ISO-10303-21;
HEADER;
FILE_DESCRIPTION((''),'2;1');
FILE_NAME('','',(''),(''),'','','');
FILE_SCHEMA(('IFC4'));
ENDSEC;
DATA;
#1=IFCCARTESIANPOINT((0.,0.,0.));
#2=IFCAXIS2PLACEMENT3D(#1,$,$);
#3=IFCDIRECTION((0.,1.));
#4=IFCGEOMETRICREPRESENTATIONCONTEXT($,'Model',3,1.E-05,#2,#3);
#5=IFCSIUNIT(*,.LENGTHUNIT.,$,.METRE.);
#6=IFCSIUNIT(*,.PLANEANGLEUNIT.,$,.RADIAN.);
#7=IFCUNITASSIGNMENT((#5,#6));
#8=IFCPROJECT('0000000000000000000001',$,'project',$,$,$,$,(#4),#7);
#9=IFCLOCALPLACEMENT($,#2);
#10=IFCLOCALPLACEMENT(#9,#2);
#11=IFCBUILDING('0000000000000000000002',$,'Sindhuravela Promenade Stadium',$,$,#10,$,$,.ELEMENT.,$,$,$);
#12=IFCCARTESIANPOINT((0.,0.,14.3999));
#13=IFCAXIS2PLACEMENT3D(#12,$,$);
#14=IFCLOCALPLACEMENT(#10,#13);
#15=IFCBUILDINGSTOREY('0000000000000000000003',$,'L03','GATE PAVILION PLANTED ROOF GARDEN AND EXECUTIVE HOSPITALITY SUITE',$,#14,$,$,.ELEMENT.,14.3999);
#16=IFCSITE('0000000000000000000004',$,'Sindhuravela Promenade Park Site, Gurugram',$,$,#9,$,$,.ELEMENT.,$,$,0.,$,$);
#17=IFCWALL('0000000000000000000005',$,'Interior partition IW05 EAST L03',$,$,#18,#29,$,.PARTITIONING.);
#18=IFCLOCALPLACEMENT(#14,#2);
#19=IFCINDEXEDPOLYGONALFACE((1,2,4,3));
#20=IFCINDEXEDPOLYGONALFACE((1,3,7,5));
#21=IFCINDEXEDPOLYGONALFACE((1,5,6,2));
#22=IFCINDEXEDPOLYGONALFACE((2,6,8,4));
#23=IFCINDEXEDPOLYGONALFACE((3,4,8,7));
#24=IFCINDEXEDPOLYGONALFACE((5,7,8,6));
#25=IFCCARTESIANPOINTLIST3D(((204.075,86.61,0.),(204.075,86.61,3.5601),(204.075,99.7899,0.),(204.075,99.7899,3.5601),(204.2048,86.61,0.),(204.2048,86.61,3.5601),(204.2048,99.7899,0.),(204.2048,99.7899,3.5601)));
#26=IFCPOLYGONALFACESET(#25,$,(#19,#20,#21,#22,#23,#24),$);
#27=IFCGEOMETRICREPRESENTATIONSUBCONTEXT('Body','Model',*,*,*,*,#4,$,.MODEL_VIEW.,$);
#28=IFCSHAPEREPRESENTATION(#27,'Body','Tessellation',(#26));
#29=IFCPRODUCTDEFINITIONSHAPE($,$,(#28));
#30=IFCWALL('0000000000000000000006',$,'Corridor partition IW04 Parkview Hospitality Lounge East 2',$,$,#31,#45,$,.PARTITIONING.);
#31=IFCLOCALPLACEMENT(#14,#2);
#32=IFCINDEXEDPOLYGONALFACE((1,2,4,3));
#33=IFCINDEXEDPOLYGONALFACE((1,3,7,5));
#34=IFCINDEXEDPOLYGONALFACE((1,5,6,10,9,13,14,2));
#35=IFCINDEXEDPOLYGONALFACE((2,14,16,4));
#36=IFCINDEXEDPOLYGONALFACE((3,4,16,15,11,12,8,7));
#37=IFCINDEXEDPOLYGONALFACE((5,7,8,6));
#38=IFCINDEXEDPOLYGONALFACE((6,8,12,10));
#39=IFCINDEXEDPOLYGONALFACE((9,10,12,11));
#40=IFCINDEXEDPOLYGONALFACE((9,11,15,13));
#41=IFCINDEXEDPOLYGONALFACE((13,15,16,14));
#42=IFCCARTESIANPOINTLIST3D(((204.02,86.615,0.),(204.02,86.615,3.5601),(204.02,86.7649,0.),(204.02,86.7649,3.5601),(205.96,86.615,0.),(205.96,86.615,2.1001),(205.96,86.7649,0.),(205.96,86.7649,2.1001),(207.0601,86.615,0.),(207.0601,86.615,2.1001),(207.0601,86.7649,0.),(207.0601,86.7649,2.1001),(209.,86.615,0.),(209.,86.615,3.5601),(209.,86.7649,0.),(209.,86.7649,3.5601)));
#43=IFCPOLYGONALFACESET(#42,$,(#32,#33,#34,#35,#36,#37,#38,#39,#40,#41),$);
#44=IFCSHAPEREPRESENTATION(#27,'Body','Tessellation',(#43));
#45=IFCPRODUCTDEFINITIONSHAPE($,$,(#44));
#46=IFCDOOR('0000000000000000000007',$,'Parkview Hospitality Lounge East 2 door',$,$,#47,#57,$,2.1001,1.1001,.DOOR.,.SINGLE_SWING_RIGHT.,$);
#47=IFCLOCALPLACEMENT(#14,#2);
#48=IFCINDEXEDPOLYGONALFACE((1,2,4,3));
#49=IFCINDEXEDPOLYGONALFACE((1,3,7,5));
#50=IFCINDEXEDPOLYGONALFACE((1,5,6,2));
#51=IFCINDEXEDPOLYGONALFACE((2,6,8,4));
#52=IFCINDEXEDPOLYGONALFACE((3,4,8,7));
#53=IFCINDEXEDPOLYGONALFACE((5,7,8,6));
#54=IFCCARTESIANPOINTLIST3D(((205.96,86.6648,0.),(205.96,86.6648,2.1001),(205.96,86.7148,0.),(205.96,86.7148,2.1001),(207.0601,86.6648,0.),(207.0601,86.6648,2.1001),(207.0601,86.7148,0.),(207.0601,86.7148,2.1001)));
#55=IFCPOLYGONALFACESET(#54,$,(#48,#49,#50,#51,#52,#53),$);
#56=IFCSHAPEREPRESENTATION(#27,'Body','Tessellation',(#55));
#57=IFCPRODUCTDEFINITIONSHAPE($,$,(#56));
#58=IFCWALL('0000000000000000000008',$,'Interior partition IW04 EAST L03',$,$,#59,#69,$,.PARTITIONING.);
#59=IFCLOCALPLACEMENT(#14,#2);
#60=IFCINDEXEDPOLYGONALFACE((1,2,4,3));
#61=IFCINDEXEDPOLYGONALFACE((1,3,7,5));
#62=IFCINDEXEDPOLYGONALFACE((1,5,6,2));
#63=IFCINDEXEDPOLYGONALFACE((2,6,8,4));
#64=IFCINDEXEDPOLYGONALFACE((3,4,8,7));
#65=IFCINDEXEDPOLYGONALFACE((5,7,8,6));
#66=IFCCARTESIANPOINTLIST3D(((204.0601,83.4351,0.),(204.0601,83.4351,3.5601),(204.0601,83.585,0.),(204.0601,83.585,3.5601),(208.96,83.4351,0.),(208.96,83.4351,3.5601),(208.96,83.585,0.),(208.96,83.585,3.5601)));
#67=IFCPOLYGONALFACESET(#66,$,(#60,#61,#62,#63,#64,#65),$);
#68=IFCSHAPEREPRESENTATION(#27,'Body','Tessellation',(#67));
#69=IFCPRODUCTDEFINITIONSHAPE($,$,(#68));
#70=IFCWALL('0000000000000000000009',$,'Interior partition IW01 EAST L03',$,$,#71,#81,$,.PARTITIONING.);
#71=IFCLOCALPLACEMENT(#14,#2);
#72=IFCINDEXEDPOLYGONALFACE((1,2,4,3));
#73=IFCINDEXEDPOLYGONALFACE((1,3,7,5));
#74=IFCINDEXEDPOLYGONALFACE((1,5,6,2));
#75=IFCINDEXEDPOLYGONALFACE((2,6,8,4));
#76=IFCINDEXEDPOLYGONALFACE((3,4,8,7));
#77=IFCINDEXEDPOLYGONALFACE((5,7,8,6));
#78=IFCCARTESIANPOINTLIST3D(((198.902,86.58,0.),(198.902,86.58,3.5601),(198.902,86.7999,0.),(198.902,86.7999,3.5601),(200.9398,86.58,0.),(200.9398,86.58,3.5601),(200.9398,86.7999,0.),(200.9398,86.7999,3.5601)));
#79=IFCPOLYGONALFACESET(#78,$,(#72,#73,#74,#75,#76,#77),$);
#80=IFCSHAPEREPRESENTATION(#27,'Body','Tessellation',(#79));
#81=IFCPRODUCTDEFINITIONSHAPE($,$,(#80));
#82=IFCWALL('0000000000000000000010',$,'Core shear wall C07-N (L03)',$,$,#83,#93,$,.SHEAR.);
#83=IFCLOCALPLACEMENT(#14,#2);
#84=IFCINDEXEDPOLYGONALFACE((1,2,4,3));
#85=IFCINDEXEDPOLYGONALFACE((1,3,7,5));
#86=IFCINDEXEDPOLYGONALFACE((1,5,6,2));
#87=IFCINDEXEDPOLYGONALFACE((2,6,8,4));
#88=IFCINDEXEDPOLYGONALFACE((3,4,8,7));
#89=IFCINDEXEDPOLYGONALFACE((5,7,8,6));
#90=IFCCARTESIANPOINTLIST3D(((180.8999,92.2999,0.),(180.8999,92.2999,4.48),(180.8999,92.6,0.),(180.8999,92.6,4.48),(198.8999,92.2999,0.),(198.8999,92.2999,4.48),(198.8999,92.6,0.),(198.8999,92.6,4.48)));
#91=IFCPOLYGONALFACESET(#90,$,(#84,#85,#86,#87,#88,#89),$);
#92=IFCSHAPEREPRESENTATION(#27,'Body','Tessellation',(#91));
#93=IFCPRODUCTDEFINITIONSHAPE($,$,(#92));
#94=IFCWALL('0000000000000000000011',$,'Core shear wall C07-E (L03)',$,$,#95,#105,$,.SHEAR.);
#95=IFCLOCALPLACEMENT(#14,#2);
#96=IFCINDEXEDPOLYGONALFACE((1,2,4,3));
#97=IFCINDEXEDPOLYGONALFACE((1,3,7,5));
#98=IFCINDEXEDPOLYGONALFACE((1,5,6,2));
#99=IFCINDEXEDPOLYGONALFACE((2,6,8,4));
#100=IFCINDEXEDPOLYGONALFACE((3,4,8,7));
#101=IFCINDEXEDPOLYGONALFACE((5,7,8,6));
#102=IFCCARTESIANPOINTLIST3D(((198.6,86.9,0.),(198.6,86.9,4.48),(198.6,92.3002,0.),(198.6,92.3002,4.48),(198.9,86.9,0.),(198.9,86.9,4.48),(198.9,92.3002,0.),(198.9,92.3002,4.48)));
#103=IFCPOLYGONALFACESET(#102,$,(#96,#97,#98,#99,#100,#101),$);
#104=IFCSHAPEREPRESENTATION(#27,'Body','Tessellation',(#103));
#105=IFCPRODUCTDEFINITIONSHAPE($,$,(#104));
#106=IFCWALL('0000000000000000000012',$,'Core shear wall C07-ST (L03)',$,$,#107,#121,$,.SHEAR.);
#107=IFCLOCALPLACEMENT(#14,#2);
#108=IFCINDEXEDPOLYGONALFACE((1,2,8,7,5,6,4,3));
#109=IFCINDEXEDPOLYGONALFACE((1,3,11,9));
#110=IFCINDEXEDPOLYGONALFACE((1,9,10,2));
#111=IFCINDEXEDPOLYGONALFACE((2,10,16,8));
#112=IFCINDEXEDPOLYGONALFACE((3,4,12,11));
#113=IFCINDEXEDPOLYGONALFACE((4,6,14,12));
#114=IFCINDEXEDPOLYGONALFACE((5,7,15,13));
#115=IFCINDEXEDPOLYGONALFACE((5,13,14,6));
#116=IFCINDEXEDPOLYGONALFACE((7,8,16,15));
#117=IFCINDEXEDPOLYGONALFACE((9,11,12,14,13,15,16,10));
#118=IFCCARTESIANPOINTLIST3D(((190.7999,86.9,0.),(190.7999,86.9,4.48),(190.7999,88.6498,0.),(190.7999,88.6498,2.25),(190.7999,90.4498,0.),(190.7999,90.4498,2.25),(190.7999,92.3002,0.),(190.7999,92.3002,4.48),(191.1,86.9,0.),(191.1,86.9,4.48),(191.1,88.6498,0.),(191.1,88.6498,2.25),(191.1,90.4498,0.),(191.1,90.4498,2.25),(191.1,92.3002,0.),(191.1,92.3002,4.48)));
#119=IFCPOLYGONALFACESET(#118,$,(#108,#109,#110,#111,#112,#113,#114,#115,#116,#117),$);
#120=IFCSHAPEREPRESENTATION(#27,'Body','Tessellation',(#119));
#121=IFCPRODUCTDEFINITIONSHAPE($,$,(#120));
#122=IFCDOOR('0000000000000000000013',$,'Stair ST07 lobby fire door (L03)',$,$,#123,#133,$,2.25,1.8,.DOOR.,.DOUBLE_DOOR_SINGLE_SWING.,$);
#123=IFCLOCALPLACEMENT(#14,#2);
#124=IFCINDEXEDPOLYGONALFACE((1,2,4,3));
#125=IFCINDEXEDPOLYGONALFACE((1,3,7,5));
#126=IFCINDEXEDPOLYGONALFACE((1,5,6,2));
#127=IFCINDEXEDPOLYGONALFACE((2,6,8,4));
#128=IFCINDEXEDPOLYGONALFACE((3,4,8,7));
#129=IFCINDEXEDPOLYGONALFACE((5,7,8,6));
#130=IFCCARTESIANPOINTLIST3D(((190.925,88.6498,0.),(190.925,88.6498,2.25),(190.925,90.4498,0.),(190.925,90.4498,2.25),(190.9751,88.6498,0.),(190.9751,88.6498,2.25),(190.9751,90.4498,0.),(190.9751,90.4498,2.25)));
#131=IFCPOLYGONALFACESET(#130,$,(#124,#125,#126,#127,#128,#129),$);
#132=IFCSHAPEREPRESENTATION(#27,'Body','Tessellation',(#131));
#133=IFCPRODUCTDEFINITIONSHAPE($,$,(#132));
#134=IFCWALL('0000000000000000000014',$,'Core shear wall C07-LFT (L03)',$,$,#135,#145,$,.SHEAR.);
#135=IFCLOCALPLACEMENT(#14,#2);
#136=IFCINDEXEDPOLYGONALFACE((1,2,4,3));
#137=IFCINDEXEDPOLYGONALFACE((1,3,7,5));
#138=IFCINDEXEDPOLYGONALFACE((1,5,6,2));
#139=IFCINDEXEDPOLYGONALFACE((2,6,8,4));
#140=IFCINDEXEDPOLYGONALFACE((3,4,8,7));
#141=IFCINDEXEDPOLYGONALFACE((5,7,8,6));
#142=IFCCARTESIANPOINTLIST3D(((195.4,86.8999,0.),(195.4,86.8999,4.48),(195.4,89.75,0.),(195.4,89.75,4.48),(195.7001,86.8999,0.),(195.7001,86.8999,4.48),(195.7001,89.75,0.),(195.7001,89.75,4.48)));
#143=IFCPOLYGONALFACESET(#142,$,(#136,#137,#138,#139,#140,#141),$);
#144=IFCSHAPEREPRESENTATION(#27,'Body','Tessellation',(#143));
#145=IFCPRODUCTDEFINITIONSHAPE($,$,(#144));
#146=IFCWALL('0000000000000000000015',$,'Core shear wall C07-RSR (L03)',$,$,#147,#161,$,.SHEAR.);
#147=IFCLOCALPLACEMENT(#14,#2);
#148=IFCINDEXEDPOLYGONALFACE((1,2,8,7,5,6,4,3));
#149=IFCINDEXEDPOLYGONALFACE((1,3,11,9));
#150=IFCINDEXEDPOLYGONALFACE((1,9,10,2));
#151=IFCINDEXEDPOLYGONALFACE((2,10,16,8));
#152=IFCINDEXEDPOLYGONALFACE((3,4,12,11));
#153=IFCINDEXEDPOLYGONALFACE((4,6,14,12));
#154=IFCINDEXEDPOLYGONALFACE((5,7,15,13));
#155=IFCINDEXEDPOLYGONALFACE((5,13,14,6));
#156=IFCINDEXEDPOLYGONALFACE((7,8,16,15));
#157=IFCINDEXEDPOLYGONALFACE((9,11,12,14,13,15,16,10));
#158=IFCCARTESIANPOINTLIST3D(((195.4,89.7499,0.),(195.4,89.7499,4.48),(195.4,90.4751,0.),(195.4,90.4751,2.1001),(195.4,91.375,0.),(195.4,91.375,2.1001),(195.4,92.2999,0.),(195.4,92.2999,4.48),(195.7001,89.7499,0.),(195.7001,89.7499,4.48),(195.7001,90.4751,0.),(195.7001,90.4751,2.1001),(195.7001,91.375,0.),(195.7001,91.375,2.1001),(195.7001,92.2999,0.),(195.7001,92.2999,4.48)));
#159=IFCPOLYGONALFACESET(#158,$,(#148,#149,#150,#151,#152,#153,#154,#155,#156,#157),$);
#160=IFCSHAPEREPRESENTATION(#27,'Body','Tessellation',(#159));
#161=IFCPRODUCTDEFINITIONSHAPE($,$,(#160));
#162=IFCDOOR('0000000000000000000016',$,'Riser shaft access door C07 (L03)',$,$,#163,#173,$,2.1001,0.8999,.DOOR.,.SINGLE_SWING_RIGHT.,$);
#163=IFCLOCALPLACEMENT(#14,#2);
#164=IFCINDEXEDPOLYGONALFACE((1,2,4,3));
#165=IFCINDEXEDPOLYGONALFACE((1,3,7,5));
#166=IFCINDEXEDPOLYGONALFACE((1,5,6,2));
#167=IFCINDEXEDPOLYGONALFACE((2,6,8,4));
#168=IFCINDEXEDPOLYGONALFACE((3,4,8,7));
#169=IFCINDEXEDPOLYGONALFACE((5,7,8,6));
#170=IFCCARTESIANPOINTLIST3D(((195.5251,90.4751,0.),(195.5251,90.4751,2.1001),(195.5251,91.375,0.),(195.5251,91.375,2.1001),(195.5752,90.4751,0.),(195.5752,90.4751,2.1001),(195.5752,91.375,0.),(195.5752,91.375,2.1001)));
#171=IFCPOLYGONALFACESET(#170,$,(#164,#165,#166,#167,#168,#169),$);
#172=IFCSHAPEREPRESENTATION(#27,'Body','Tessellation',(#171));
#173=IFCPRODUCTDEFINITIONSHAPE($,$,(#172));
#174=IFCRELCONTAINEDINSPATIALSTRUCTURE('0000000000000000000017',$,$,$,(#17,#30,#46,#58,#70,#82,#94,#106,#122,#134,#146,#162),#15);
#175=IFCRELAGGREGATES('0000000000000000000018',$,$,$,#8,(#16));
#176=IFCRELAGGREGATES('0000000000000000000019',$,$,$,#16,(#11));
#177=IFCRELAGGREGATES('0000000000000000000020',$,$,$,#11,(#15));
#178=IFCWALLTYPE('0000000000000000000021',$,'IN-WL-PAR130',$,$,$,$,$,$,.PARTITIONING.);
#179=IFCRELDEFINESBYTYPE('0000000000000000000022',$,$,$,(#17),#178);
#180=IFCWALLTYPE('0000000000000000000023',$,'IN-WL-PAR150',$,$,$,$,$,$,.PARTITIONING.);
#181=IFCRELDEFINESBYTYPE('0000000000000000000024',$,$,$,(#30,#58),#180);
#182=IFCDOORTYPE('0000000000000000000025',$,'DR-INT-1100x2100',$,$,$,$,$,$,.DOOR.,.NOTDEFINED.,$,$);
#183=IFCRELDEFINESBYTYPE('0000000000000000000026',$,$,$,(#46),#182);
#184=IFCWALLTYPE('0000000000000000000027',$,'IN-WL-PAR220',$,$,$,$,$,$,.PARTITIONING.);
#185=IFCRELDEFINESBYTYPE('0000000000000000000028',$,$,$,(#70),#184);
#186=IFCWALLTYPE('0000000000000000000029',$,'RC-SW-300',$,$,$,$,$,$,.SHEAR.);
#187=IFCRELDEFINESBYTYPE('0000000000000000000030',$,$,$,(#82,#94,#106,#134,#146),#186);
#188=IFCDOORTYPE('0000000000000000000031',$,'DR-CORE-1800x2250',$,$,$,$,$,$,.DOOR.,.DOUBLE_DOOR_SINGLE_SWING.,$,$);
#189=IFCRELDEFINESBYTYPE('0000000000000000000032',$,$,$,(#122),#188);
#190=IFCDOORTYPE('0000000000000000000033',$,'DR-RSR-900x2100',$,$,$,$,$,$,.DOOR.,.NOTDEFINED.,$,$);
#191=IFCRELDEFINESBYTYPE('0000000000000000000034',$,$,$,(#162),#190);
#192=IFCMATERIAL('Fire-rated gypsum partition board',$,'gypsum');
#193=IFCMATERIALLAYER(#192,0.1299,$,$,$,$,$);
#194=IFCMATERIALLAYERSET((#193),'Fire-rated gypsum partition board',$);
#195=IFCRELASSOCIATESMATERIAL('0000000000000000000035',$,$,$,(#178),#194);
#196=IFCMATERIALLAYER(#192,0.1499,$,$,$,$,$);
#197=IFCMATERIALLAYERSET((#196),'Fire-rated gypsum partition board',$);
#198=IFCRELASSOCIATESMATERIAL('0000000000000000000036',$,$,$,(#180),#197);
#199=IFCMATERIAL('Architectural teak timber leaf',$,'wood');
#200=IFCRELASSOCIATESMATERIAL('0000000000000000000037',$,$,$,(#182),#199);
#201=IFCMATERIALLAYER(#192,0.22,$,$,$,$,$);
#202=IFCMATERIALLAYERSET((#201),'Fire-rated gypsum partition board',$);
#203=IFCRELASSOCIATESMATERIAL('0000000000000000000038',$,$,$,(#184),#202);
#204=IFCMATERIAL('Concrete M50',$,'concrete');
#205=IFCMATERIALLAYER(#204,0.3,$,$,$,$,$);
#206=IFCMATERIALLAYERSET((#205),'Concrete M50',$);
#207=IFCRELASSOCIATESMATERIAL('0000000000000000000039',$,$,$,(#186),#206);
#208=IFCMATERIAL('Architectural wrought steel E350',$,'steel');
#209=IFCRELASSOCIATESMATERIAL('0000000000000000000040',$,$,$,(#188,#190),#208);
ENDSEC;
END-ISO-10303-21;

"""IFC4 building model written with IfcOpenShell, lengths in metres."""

from ifc_helpers import new_model, si_unit, direction, frame, frame_2d, origin, place, context, subcontext, project, spatial, rectangle, extrude, material, layer, layer_set, type_object, element, fill, save


model = new_model("IFC4")

# Units and contexts
model_context = context("Model", 3, precision=1e-05, world=origin(), true_north=direction((0.0, 1.0)))
body_context = subcontext(model_context, "Body", "Model", "MODEL_VIEW")
ifc_project = project(units=[si_unit("LENGTHUNIT", "METRE"), si_unit("PLANEANGLEUNIT", "RADIAN")], contexts=[model_context])

# Site, building, storey
site_placement = place(None, origin())
site = spatial("IfcSite", under=ifc_project, at=site_placement, Name="Sindhuravela Promenade Park Site, Gurugram", CompositionType="ELEMENT", RefElevation=0.0)
building_placement = place(site_placement, origin())
building = spatial("IfcBuilding", under=site, at=building_placement, Name="Sindhuravela Promenade Stadium", CompositionType="ELEMENT")
storey_placement = place(building_placement, frame((0.0, 0.0, 14.3999)))
storey = spatial("IfcBuildingStorey", under=building, at=storey_placement, Name="L03", Description="GATE PAVILION PLANTED ROOF GARDEN AND EXECUTIVE HOSPITALITY SUITE", CompositionType="ELEMENT", Elevation=14.3999)

# Wall
ifc_material_1 = material(Name="Fire-rated gypsum partition board", Category="gypsum")
ifc_layer_1 = layer(ifc_material_1, 0.1299)
ifc_layer_set_1 = layer_set([ifc_layer_1], Name="Fire-rated gypsum partition board")
wall_type_1 = type_object("IfcWallType", Name="IN-WL-PAR130", PredefinedType="PARTITIONING", material=ifc_layer_set_1)
wall_1_placement = place(storey_placement, frame((204.1399, 86.6101, 0.0), z_axis=(0.0, 0.0, 1.0), x_axis=(0.0, 1.0, 0.0)))
element("IfcWall", 1, at=wall_1_placement, inside=storey, type_object=wall_type_1, Name="Interior partition IW05 EAST L03", PredefinedType="PARTITIONING", context=body_context, shape_type="SweptSolid", body=[
    extrude(rectangle(XDim=13.1799, YDim=0.1299, at=frame_2d((6.5898, 0.0))), origin(), (0.0, 0.0, 1.0), 3.5601),
])

# Wall, opening, door
ifc_layer_2 = layer(ifc_material_1, 0.1499)
ifc_layer_set_2 = layer_set([ifc_layer_2], Name="Fire-rated gypsum partition board")
wall_type_2 = type_object("IfcWallType", Name="IN-WL-PAR150", PredefinedType="PARTITIONING", material=ifc_layer_set_2)
wall_2_placement = place(storey_placement, frame((204.02, 86.6899, 0.0), z_axis=(0.0, 0.0, 1.0), x_axis=(1.0, 0.0, 0.0)))
wall_2 = element("IfcWall", 2, at=wall_2_placement, inside=storey, type_object=wall_type_2, Name="Corridor partition IW04 Parkview Hospitality Lounge East 2", PredefinedType="PARTITIONING", context=body_context, shape_type="SweptSolid", body=[
    extrude(rectangle(XDim=4.98, YDim=0.1499, at=frame_2d((2.49, 0.0))), origin(), (0.0, 0.0, 1.0), 3.5601),
])
opening_1_placement = place(wall_2_placement, frame((1.9399, 0.0, 0.0)))
opening_1 = element("IfcOpeningElement", 3, at=opening_1_placement, cuts=wall_2, PredefinedType="OPENING", context=body_context, shape_type="SweptSolid", body=[
    extrude(rectangle(XDim=1.1001, YDim=2.1001, at=frame_2d((0.55, 1.05))), frame((0.0, 0.085, 0.0), z_axis=(0.0, -1.0, 0.0), x_axis=(1.0, 0.0, 0.0)), (0.0, 0.0, 1.0), 0.1699),
])
ifc_material_2 = material(Name="Architectural teak timber leaf", Category="wood")
door_type_1 = type_object("IfcDoorType", Name="DR-INT-1100x2100", OperationType="NOTDEFINED", PredefinedType="DOOR", material=ifc_material_2)
door_1_placement = place(opening_1_placement, origin())
door_1 = element("IfcDoor", 4, at=door_1_placement, inside=storey, type_object=door_type_1, Name="Parkview Hospitality Lounge East 2 door", OperationType="SINGLE_SWING_RIGHT", OverallHeight=2.1001, OverallWidth=1.1001, PredefinedType="DOOR", context=body_context, shape_type="SweptSolid", body=[
    extrude(rectangle(XDim=1.1001, YDim=2.1001, at=frame_2d((0.55, 1.05))), frame((0.0, 0.0249, 0.0), z_axis=(0.0, -1.0, 0.0), x_axis=(1.0, 0.0, 0.0)), (0.0, 0.0, 1.0), 0.05),
])
fill(opening_1, door_1)

# Wall
wall_3_placement = place(storey_placement, frame((204.0601, 83.51, 0.0), z_axis=(0.0, 0.0, 1.0), x_axis=(1.0, 0.0, 0.0)))
element("IfcWall", 5, at=wall_3_placement, inside=storey, type_object=wall_type_2, Name="Interior partition IW04 EAST L03", PredefinedType="PARTITIONING", context=body_context, shape_type="SweptSolid", body=[
    extrude(rectangle(XDim=4.8999, YDim=0.1499, at=frame_2d((2.45, 0.0))), origin(), (0.0, 0.0, 1.0), 3.5601),
])

# Walls
ifc_layer_3 = layer(ifc_material_1, 0.22)
ifc_layer_set_3 = layer_set([ifc_layer_3], Name="Fire-rated gypsum partition board")
wall_type_3 = type_object("IfcWallType", Name="IN-WL-PAR220", PredefinedType="PARTITIONING", material=ifc_layer_set_3)
wall_4_placement = place(storey_placement, frame((200.9399, 86.6899, 0.0), z_axis=(0.0, 0.0, 1.0), x_axis=(-1.0, 0.0, 0.0)))
element("IfcWall", 6, at=wall_4_placement, inside=storey, type_object=wall_type_3, Name="Interior partition IW01 EAST L03", PredefinedType="PARTITIONING", context=body_context, shape_type="SweptSolid", body=[
    extrude(rectangle(XDim=2.0378, YDim=0.22, at=frame_2d((1.019, 0.0))), origin(), (0.0, 0.0, 1.0), 3.5601),
])
ifc_material_3 = material(Name="Concrete M50", Category="concrete")
ifc_layer_4 = layer(ifc_material_3, 0.3)
ifc_layer_set_4 = layer_set([ifc_layer_4], Name="Concrete M50")
wall_type_4 = type_object("IfcWallType", Name="RC-SW-300", PredefinedType="SHEAR", material=ifc_layer_set_4)
wall_5_placement = place(storey_placement, frame((198.8999, 92.45, 0.0), z_axis=(0.0, 0.0, 1.0), x_axis=(-1.0, 0.0, 0.0)))
element("IfcWall", 7, at=wall_5_placement, inside=storey, type_object=wall_type_4, Name="Core shear wall C07-N (L03)", PredefinedType="SHEAR", context=body_context, shape_type="SweptSolid", body=[
    extrude(rectangle(XDim=18.0, YDim=0.3, at=frame_2d((9.0, 0.0))), origin(), (0.0, 0.0, 1.0), 4.48),
])
wall_6_placement = place(storey_placement, frame((198.75, 86.8999, 0.0), z_axis=(0.0, 0.0, 1.0), x_axis=(0.0, 1.0, 0.0)))
element("IfcWall", 8, at=wall_6_placement, inside=storey, type_object=wall_type_4, Name="Core shear wall C07-E (L03)", PredefinedType="SHEAR", context=body_context, shape_type="SweptSolid", body=[
    extrude(rectangle(XDim=5.4001, YDim=0.3, at=frame_2d((2.7002, 0.0))), origin(), (0.0, 0.0, 1.0), 4.48),
])

# Wall, opening, door
wall_7_placement = place(storey_placement, frame((190.95, 86.8999, 0.0), z_axis=(0.0, 0.0, 1.0), x_axis=(0.0, 1.0, 0.0)))
wall_7 = element("IfcWall", 9, at=wall_7_placement, inside=storey, type_object=wall_type_4, Name="Core shear wall C07-ST (L03)", PredefinedType="SHEAR", context=body_context, shape_type="SweptSolid", body=[
    extrude(rectangle(XDim=5.4001, YDim=0.3, at=frame_2d((2.7002, 0.0))), origin(), (0.0, 0.0, 1.0), 4.48),
])
opening_2_placement = place(wall_7_placement, frame((1.75, 0.0, 0.0)))
opening_2 = element("IfcOpeningElement", 10, at=opening_2_placement, cuts=wall_7, PredefinedType="OPENING", context=body_context, shape_type="SweptSolid", body=[
    extrude(rectangle(XDim=1.8, YDim=2.25, at=frame_2d((0.8999, 1.125))), frame((0.0, 0.1599, 0.0), z_axis=(0.0, -1.0, 0.0), x_axis=(1.0, 0.0, 0.0)), (0.0, 0.0, 1.0), 0.3201),
])
ifc_material_4 = material(Name="Architectural wrought steel E350", Category="steel")
door_type_2 = type_object("IfcDoorType", Name="DR-CORE-1800x2250", OperationType="DOUBLE_DOOR_SINGLE_SWING", PredefinedType="DOOR", material=ifc_material_4)
door_2_placement = place(opening_2_placement, origin())
door_2 = element("IfcDoor", 11, at=door_2_placement, inside=storey, type_object=door_type_2, Name="Stair ST07 lobby fire door (L03)", OperationType="DOUBLE_DOOR_SINGLE_SWING", OverallHeight=2.25, OverallWidth=1.8, PredefinedType="DOOR", context=body_context, shape_type="SweptSolid", body=[
    extrude(rectangle(XDim=1.8, YDim=2.25, at=frame_2d((0.8999, 1.125))), frame((0.0, 0.0249, 0.0), z_axis=(0.0, -1.0, 0.0), x_axis=(1.0, 0.0, 0.0)), (0.0, 0.0, 1.0), 0.05),
])
fill(opening_2, door_2)

# Wall
wall_8_placement = place(storey_placement, frame((195.55, 86.8999, 0.0), z_axis=(0.0, 0.0, 1.0), x_axis=(0.0, 1.0, 0.0)))
element("IfcWall", 12, at=wall_8_placement, inside=storey, type_object=wall_type_4, Name="Core shear wall C07-LFT (L03)", PredefinedType="SHEAR", context=body_context, shape_type="SweptSolid", body=[
    extrude(rectangle(XDim=2.8501, YDim=0.3, at=frame_2d((1.425, 0.0))), origin(), (0.0, 0.0, 1.0), 4.48),
])

# Wall, opening, door
wall_9_placement = place(storey_placement, frame((195.55, 89.75, 0.0), z_axis=(0.0, 0.0, 1.0), x_axis=(0.0, 1.0, 0.0)))
wall_9 = element("IfcWall", 13, at=wall_9_placement, inside=storey, type_object=wall_type_4, Name="Core shear wall C07-RSR (L03)", PredefinedType="SHEAR", context=body_context, shape_type="SweptSolid", body=[
    extrude(rectangle(XDim=2.55, YDim=0.3, at=frame_2d((1.2749, 0.0))), origin(), (0.0, 0.0, 1.0), 4.48),
])
opening_3_placement = place(wall_9_placement, frame((0.7251, 0.0, 0.0)))
opening_3 = element("IfcOpeningElement", 14, at=opening_3_placement, cuts=wall_9, PredefinedType="OPENING", context=body_context, shape_type="SweptSolid", body=[
    extrude(rectangle(XDim=0.8999, YDim=2.1001, at=frame_2d((0.45, 1.05))), frame((0.0, 0.1599, 0.0), z_axis=(0.0, -1.0, 0.0), x_axis=(1.0, 0.0, 0.0)), (0.0, 0.0, 1.0), 0.3201),
])
door_type_3 = type_object("IfcDoorType", Name="DR-RSR-900x2100", OperationType="NOTDEFINED", PredefinedType="DOOR", material=ifc_material_4)
door_3_placement = place(opening_3_placement, origin())
door_3 = element("IfcDoor", 15, at=door_3_placement, inside=storey, type_object=door_type_3, Name="Riser shaft access door C07 (L03)", OperationType="SINGLE_SWING_RIGHT", OverallHeight=2.1001, OverallWidth=0.8999, PredefinedType="DOOR", context=body_context, shape_type="SweptSolid", body=[
    extrude(rectangle(XDim=0.8999, YDim=2.1001, at=frame_2d((0.45, 1.05))), frame((0.0, 0.0249, 0.0), z_axis=(0.0, -1.0, 0.0), x_axis=(1.0, 0.0, 0.0)), (0.0, 0.0, 1.0), 0.05),
])
fill(opening_3, door_3)

save(model, "model.ifc")
